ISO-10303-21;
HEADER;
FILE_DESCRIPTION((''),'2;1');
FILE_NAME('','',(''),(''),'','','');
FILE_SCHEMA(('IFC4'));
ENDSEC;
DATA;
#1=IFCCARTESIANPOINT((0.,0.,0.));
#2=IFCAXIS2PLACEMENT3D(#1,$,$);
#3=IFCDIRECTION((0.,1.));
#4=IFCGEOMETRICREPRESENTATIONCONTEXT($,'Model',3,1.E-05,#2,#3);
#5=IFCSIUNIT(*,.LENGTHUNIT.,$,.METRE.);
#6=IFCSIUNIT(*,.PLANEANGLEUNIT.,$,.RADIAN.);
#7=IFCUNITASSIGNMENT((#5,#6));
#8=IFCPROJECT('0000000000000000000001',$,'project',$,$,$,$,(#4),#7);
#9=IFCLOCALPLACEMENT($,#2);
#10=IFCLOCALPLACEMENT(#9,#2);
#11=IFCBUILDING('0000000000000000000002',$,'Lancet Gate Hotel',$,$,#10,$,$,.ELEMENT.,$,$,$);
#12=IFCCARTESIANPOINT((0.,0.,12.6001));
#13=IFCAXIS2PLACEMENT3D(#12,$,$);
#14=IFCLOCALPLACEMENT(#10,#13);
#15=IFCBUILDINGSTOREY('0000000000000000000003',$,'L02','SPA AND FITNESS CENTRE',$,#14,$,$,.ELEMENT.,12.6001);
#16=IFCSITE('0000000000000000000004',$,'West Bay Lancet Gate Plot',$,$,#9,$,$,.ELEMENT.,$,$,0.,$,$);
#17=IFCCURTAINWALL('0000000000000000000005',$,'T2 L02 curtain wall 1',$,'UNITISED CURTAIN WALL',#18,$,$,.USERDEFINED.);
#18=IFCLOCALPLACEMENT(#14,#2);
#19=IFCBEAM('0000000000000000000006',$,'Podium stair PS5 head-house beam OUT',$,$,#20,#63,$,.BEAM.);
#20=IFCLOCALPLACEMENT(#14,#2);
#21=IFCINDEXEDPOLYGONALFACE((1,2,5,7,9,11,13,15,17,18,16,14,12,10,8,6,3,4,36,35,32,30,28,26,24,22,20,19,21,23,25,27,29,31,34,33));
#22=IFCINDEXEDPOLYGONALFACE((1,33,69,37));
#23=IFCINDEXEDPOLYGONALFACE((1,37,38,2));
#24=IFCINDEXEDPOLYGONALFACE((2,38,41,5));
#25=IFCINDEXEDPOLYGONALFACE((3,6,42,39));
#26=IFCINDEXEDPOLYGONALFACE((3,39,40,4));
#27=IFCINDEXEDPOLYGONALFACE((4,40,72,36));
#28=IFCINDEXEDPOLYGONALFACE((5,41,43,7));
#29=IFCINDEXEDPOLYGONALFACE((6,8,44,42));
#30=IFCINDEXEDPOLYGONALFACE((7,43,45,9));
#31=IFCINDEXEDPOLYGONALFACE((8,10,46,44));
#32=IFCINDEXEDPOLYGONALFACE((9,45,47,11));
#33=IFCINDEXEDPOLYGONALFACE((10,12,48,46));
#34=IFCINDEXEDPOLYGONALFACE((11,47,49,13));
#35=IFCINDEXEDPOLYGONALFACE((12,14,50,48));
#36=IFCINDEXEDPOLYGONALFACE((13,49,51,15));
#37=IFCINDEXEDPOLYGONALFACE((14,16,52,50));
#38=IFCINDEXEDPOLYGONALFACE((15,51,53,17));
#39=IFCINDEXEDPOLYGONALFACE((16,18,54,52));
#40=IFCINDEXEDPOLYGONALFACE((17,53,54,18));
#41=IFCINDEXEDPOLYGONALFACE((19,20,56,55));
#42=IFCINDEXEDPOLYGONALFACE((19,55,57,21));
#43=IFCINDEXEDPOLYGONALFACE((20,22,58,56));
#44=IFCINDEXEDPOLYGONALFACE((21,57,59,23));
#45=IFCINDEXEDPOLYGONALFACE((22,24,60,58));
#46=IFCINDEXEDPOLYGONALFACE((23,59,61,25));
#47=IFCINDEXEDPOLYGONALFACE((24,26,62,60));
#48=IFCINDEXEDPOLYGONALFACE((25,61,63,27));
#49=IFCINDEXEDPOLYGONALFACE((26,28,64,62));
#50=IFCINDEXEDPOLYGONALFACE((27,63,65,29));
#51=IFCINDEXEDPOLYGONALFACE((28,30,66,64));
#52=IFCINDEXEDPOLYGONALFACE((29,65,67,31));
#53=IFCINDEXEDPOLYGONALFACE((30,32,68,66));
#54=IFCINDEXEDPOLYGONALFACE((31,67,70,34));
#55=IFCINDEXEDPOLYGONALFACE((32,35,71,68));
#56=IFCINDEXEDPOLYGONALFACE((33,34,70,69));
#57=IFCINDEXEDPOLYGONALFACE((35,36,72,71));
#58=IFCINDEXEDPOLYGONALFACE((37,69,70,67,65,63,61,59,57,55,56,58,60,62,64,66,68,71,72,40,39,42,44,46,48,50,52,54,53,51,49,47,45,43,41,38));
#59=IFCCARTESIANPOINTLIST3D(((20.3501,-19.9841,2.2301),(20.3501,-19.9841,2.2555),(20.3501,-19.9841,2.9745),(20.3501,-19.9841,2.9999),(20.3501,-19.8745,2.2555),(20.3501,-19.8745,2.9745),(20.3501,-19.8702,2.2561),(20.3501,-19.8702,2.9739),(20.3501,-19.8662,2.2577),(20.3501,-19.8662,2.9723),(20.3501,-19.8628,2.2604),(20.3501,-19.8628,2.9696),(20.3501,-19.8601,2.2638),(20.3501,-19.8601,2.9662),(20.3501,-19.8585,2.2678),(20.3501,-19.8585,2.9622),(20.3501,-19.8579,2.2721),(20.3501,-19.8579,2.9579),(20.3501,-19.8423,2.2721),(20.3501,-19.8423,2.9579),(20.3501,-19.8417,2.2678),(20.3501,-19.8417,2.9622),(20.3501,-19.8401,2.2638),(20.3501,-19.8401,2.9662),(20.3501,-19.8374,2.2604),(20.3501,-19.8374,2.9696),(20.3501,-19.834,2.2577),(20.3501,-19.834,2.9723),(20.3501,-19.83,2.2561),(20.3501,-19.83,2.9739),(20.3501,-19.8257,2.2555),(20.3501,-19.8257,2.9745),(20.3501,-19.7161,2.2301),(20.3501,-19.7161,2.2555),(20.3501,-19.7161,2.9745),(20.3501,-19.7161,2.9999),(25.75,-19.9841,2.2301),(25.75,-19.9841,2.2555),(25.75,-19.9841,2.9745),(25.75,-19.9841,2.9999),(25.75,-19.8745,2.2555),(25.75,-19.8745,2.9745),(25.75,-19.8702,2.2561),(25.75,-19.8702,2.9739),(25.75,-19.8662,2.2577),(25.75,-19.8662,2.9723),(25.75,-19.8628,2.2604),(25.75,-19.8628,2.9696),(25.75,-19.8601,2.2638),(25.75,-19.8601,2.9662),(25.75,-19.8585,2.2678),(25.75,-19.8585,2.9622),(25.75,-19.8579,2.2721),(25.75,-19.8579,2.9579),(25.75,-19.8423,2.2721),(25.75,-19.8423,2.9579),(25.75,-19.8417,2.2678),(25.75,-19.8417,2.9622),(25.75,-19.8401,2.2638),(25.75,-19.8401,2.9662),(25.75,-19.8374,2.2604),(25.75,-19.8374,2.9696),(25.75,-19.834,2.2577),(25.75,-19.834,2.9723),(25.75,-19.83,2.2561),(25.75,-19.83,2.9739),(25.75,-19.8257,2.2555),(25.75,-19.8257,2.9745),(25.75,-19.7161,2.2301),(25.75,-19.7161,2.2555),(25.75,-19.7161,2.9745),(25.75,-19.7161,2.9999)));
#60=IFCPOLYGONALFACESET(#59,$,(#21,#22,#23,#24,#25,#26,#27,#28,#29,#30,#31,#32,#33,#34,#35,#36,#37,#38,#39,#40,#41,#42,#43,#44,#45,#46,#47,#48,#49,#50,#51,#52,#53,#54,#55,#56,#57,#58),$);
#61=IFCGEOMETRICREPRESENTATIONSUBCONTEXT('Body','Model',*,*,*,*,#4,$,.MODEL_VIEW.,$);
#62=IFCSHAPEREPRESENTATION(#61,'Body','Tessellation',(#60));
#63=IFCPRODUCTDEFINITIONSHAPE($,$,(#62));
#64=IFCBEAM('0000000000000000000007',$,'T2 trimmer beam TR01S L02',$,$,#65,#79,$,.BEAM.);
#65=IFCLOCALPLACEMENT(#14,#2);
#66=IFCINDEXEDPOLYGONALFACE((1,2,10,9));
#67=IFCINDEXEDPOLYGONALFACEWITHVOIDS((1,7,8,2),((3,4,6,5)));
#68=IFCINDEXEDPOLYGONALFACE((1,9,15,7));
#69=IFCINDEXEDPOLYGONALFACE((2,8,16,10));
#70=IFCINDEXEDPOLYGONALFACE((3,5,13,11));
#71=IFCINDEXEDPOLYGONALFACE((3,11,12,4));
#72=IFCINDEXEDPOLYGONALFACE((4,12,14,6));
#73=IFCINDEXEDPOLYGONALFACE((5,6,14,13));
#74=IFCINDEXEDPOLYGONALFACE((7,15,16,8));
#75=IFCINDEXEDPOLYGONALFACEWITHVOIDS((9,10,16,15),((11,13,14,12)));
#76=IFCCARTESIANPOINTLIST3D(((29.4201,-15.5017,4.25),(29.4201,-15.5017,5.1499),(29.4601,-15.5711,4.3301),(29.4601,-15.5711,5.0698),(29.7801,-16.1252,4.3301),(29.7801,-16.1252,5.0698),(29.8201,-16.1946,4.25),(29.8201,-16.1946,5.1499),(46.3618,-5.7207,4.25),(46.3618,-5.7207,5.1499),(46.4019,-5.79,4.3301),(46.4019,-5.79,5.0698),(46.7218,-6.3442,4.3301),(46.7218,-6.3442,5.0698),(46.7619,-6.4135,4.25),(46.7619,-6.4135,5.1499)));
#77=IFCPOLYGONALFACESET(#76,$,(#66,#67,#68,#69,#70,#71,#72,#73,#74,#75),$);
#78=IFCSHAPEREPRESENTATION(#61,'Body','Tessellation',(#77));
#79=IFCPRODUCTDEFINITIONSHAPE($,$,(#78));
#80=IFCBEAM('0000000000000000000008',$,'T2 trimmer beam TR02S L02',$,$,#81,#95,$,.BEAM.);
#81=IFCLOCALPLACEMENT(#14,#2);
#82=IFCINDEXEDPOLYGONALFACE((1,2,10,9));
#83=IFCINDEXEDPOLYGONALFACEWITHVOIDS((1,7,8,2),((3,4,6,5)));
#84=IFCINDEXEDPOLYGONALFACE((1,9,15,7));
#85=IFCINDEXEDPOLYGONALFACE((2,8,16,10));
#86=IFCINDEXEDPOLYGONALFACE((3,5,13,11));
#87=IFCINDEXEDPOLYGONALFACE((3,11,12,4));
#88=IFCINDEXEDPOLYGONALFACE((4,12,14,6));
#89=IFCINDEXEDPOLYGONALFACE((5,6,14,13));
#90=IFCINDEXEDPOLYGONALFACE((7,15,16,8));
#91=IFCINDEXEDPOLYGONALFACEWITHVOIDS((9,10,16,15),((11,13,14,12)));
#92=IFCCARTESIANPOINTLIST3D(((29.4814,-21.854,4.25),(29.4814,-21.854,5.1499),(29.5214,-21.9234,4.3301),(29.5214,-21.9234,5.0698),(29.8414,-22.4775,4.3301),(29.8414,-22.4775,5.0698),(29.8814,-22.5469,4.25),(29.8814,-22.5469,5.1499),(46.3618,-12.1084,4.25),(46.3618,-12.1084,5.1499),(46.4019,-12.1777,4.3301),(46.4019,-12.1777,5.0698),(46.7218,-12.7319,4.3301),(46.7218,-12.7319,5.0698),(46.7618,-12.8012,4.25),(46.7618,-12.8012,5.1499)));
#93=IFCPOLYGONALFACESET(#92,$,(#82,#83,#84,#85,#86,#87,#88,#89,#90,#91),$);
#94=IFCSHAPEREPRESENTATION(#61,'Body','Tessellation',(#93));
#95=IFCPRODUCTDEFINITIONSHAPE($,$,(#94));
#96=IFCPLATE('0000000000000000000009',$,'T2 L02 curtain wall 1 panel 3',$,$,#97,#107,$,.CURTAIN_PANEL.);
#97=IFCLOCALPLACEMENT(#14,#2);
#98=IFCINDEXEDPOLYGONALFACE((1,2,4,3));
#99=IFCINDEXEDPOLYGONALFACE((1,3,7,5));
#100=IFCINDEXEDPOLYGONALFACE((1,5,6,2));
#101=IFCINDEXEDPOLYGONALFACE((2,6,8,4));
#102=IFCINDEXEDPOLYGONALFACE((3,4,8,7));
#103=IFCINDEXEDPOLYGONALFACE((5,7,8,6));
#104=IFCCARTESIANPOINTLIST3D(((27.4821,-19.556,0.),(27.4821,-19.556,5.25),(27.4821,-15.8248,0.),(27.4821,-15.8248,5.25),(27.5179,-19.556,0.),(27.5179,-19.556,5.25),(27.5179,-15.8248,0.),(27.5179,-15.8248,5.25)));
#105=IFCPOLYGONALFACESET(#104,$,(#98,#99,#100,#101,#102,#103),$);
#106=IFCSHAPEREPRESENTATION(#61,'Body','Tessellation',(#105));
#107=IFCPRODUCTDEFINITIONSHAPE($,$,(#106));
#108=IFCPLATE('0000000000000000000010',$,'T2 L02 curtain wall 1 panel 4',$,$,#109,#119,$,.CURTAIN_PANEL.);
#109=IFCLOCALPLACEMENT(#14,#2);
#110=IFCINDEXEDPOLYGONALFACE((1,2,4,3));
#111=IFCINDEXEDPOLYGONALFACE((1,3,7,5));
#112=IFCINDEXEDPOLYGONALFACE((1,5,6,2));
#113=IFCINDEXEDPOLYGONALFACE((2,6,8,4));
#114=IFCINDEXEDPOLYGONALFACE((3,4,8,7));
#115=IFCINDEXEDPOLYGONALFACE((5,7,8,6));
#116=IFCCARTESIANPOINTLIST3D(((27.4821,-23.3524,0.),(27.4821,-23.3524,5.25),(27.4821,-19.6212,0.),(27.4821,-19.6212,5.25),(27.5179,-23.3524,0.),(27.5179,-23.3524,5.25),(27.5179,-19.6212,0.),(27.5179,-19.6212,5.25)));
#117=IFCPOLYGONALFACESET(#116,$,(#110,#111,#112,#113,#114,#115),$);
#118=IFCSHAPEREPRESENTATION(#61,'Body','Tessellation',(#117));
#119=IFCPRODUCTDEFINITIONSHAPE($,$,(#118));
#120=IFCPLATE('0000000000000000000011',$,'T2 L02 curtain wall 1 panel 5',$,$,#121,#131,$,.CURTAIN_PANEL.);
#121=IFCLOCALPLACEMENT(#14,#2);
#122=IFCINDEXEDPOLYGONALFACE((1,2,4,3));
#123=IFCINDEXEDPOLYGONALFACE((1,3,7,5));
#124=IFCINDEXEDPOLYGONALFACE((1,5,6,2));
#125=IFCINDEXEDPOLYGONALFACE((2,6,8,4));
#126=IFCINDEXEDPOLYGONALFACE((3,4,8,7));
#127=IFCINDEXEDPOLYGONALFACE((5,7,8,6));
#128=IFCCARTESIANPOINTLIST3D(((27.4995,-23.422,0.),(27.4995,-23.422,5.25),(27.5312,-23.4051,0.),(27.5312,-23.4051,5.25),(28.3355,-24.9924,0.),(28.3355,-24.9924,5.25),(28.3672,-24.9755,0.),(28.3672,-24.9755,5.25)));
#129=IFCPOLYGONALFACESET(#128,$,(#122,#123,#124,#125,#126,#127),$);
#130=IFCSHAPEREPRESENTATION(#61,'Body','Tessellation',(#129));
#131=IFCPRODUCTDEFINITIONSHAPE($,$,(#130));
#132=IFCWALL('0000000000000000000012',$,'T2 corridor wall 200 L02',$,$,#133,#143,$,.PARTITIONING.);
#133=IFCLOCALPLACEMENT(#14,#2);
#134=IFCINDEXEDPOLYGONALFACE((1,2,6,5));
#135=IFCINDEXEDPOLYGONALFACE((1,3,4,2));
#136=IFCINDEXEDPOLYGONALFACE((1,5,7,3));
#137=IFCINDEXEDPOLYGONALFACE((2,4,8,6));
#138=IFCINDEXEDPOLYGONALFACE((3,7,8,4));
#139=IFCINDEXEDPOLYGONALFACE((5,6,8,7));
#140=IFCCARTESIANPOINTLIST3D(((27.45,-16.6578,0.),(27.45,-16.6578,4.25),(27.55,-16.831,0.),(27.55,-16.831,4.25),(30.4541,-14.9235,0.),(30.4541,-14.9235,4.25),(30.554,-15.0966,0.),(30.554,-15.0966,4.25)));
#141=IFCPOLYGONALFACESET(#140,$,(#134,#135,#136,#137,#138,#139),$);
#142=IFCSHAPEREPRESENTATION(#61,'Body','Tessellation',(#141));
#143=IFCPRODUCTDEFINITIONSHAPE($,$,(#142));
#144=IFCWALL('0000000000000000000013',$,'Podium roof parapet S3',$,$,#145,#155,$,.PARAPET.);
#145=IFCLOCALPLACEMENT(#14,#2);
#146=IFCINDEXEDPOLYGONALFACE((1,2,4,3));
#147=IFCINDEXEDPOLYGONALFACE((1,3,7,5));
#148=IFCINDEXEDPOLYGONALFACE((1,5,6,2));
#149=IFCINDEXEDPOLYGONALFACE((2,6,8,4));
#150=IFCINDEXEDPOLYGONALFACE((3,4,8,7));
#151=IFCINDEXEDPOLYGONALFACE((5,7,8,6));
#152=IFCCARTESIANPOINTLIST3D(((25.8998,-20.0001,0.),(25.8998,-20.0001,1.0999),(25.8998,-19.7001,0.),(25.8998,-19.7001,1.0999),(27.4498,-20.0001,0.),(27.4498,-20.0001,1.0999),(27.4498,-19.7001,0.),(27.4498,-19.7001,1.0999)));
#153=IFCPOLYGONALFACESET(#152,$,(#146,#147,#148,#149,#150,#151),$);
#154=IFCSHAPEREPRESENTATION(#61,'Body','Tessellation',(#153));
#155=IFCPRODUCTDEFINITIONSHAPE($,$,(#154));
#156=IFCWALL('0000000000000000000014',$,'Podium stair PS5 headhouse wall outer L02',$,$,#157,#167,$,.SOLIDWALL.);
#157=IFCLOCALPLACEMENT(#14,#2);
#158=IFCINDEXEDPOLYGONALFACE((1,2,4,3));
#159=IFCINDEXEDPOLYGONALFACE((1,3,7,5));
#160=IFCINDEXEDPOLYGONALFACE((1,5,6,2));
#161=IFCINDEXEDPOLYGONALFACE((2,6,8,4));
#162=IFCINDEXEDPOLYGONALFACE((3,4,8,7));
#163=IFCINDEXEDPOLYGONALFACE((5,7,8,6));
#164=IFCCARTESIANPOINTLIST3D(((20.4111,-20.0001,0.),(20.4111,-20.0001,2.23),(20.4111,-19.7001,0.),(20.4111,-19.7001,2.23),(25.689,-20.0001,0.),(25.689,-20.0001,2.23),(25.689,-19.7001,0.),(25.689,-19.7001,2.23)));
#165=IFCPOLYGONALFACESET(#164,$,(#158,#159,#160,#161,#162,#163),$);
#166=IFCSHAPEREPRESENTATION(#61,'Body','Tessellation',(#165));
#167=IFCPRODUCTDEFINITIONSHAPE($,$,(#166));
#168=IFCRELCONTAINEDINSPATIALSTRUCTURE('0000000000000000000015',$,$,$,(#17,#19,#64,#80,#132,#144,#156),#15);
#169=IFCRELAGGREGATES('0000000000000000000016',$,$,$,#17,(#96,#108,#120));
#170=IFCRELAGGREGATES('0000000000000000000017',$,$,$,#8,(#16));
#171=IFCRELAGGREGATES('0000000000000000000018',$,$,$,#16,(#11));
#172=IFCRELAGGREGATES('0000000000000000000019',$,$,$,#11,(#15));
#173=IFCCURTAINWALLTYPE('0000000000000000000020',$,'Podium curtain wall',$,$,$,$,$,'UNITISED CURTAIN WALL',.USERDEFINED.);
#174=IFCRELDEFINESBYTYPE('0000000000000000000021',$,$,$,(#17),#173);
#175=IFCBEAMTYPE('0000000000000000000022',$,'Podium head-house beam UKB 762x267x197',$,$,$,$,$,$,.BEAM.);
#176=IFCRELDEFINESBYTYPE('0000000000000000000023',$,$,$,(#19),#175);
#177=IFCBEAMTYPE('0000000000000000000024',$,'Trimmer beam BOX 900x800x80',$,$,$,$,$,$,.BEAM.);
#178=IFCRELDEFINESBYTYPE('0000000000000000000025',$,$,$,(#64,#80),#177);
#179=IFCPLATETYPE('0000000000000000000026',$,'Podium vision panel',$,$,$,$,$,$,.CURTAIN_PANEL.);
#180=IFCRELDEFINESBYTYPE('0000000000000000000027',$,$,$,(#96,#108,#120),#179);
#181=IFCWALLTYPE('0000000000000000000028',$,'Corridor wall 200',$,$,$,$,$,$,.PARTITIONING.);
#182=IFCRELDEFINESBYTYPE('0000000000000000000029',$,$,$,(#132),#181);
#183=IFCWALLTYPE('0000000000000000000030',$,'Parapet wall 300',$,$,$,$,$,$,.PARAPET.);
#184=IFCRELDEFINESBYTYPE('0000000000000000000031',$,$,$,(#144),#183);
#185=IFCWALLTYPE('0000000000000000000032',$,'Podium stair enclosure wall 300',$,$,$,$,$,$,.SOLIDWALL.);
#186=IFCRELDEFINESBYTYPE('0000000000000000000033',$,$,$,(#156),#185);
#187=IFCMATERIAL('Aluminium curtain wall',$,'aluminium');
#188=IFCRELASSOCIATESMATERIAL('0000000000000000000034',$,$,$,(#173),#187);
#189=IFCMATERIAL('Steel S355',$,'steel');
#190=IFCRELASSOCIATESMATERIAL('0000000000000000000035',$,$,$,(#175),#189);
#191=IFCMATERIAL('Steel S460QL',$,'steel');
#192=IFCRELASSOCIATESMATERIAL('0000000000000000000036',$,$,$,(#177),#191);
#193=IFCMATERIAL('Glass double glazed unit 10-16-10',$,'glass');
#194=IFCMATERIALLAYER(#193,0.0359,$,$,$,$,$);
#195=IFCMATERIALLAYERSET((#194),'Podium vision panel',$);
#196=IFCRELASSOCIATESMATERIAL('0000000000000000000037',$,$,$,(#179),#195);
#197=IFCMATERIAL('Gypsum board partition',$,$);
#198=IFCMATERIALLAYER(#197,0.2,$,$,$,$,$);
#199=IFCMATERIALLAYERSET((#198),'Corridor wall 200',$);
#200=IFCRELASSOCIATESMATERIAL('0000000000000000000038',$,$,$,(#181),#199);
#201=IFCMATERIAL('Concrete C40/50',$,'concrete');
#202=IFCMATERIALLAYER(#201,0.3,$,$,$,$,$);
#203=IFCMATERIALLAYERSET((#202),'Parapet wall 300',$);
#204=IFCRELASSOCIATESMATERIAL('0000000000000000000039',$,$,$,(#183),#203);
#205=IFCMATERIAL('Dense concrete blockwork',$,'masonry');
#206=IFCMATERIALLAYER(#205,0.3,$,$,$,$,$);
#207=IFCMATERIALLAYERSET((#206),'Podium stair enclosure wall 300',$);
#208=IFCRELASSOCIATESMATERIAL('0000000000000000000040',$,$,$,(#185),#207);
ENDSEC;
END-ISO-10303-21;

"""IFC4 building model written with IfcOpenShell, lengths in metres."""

from ifc_helpers import new_model, si_unit, direction, frame, frame_2d, origin, origin_2d, place, context, subcontext, project, spatial, rectangle, hollow_rectangle, i_section, extrude, material, layer, layer_set, material_profile, profile_set, type_object, element, aggregate, save


model = new_model("IFC4")

# Units and contexts
model_context = context("Model", 3, precision=1e-05, world=origin(), true_north=direction((0.0, 1.0)))
body_context = subcontext(model_context, "Body", "Model", "MODEL_VIEW")
ifc_project = project(units=[si_unit("LENGTHUNIT", "METRE"), si_unit("PLANEANGLEUNIT", "RADIAN")], contexts=[model_context])

# Site, building, storey
site_placement = place(None, origin())
site = spatial("IfcSite", under=ifc_project, at=site_placement, Name="West Bay Lancet Gate Plot", CompositionType="ELEMENT", RefElevation=0.0)
building_placement = place(site_placement, origin())
building = spatial("IfcBuilding", under=site, at=building_placement, Name="Lancet Gate Hotel", CompositionType="ELEMENT")
storey_placement = place(building_placement, frame((0.0, 0.0, 12.6001)))
storey = spatial("IfcBuildingStorey", under=building, at=storey_placement, Name="L02", Description="SPA AND FITNESS CENTRE", CompositionType="ELEMENT", Elevation=12.6001)

# Curtain wall
ifc_material_1 = material(Name="Aluminium curtain wall", Category="aluminium")
curtain_wall_type = type_object("IfcCurtainWallType", Name="Podium curtain wall", ElementType="UNITISED CURTAIN WALL", PredefinedType="USERDEFINED", material=ifc_material_1)
curtain_wall_placement = place(storey_placement, origin())
curtain_wall = element("IfcCurtainWall", 1, at=curtain_wall_placement, inside=storey, type_object=curtain_wall_type, Name="T2 L02 curtain wall 1", ObjectType="UNITISED CURTAIN WALL", PredefinedType="USERDEFINED")

# Beams
ifc_material_2 = material(Name="Steel S355", Category="steel")
ifc_material_profile_1 = material_profile(ifc_material_2, i_section(OverallWidth=0.2681, OverallDepth=0.7698, WebThickness=0.0156, FlangeThickness=0.0254, FilletRadius=0.0166, at=origin_2d()), Name="UKB 762x267x197")
ifc_profile_set_1 = profile_set([ifc_material_profile_1], Name="Steel S355")
beam_type_1 = type_object("IfcBeamType", Name="Podium head-house beam UKB 762x267x197", PredefinedType="BEAM", material=ifc_profile_set_1)
beam_1_placement = place(storey_placement, frame((20.3501, -19.8501, 2.615), z_axis=(1.0, 0.0, 0.0), x_axis=(0.0, 1.0, 0.0)))
element("IfcBeam", 2, at=beam_1_placement, inside=storey, type_object=beam_type_1, Name="Podium stair PS5 head-house beam OUT", PredefinedType="BEAM", context=body_context, shape_type="SweptSolid", body=[
    extrude(i_section(OverallWidth=0.2681, OverallDepth=0.7698, WebThickness=0.0156, FlangeThickness=0.0254, FilletRadius=0.0166, at=origin_2d()), origin(), (0.0, 0.0, 1.0), 5.3999),
])
ifc_material_3 = material(Name="Steel S460QL", Category="steel")
ifc_material_profile_2 = material_profile(ifc_material_3, hollow_rectangle(XDim=0.8, YDim=0.8999, WallThickness=0.0801, at=origin_2d()), Name="BOX 900x800x80")
ifc_profile_set_2 = profile_set([ifc_material_profile_2], Name="Steel S460QL")
beam_type_2 = type_object("IfcBeamType", Name="Trimmer beam BOX 900x800x80", PredefinedType="BEAM", material=ifc_profile_set_2)
beam_2_placement = place(storey_placement, frame((29.6201, -15.8481, 4.7), z_axis=(0.866031, 0.49999, 0.0), x_axis=(-0.49999, 0.866031, 0.0)))
element("IfcBeam", 3, at=beam_2_placement, inside=storey, type_object=beam_type_2, Name="T2 trimmer beam TR01S L02", PredefinedType="BEAM", context=body_context, shape_type="SweptSolid", body=[
    extrude(hollow_rectangle(XDim=0.8, YDim=0.8999, WallThickness=0.0801, at=origin_2d()), origin(), (0.0, 0.0, 1.0), 19.5625),
])
beam_3_placement = place(storey_placement, frame((29.6814, -22.2004, 4.7), z_axis=(0.866032, 0.499989, 0.0), x_axis=(-0.499989, 0.866032, 0.0)))
element("IfcBeam", 4, at=beam_3_placement, inside=storey, type_object=beam_type_2, Name="T2 trimmer beam TR02S L02", PredefinedType="BEAM", context=body_context, shape_type="SweptSolid", body=[
    extrude(hollow_rectangle(XDim=0.8, YDim=0.8999, WallThickness=0.0801, at=origin_2d()), origin(), (0.0, 0.0, 1.0), 19.4917),
])

# Plates
ifc_material_4 = material(Name="Glass double glazed unit 10-16-10", Category="glass")
ifc_layer_1 = layer(ifc_material_4, 0.0359)
ifc_layer_set_1 = layer_set([ifc_layer_1], Name="Podium vision panel")
plate_type = type_object("IfcPlateType", Name="Podium vision panel", PredefinedType="CURTAIN_PANEL", material=ifc_layer_set_1)
plate_1_placement = place(storey_placement, frame((27.5, -17.6904, 0.0), z_axis=(0.0, 0.0, 1.0), x_axis=(0.0, -1.0, 0.0)))
plate_1 = element("IfcPlate", 5, at=plate_1_placement, type_object=plate_type, Name="T2 L02 curtain wall 1 panel 3", PredefinedType="CURTAIN_PANEL", context=body_context, shape_type="SweptSolid", body=[
    extrude(rectangle(XDim=3.7312, YDim=0.0359, at=origin_2d()), origin(), (0.0, 0.0, 1.0), 5.25),
])
plate_2_placement = place(storey_placement, frame((27.5, -21.4868, 0.0), z_axis=(0.0, 0.0, 1.0), x_axis=(0.0, -1.0, 0.0)))
plate_2 = element("IfcPlate", 6, at=plate_2_placement, type_object=plate_type, Name="T2 L02 curtain wall 1 panel 4", PredefinedType="CURTAIN_PANEL", context=body_context, shape_type="SweptSolid", body=[
    extrude(rectangle(XDim=3.7312, YDim=0.0359, at=origin_2d()), origin(), (0.0, 0.0, 1.0), 5.25),
])
plate_3_placement = place(storey_placement, frame((27.9333, -24.1987, 0.0), z_axis=(0.0, 0.0, 1.0), x_axis=(0.469898, -0.882721, 0.0)))
plate_3 = element("IfcPlate", 7, at=plate_3_placement, type_object=plate_type, Name="T2 L02 curtain wall 1 panel 5", PredefinedType="CURTAIN_PANEL", context=body_context, shape_type="SweptSolid", body=[
    extrude(rectangle(XDim=1.7791, YDim=0.0359, at=origin_2d()), origin(), (0.0, 0.0, 1.0), 5.25),
])
aggregate(curtain_wall, [plate_1, plate_2, plate_3])

# Walls
ifc_material_5 = material(Name="Gypsum board partition")
ifc_layer_2 = layer(ifc_material_5, 0.2)
ifc_layer_set_2 = layer_set([ifc_layer_2], Name="Corridor wall 200")
wall_type_1 = type_object("IfcWallType", Name="Corridor wall 200", PredefinedType="PARTITIONING", material=ifc_layer_set_2)
wall_1_placement = place(storey_placement, frame((27.5, -16.7444, 0.0), z_axis=(0.0, 0.0, 1.0), x_axis=(0.866034, 0.499984, 0.0)))
element("IfcWall", 8, at=wall_1_placement, inside=storey, type_object=wall_type_1, Name="T2 corridor wall 200 L02", PredefinedType="PARTITIONING", context=body_context, shape_type="SweptSolid", body=[
    extrude(rectangle(XDim=3.4688, YDim=0.2, at=frame_2d((1.7344, 0.0))), origin(), (0.0, 0.0, 1.0), 4.25),
])
ifc_material_6 = material(Name="Concrete C40/50", Category="concrete")
ifc_layer_3 = layer(ifc_material_6, 0.3)
ifc_layer_set_3 = layer_set([ifc_layer_3], Name="Parapet wall 300")
wall_type_2 = type_object("IfcWallType", Name="Parapet wall 300", PredefinedType="PARAPET", material=ifc_layer_set_3)
wall_2_placement = place(storey_placement, frame((25.8999, -19.8501, 0.0), z_axis=(0.0, 0.0, 1.0), x_axis=(1.0, 0.0, 0.0)))
element("IfcWall", 9, at=wall_2_placement, inside=storey, type_object=wall_type_2, Name="Podium roof parapet S3", PredefinedType="PARAPET", context=body_context, shape_type="SweptSolid", body=[
    extrude(rectangle(XDim=1.55, YDim=0.3, at=frame_2d((0.7749, 0.0))), origin(), (0.0, 0.0, 1.0), 1.0999),
])
ifc_material_7 = material(Name="Dense concrete blockwork", Category="masonry")
ifc_layer_4 = layer(ifc_material_7, 0.3)
ifc_layer_set_4 = layer_set([ifc_layer_4], Name="Podium stair enclosure wall 300")
wall_type_3 = type_object("IfcWallType", Name="Podium stair enclosure wall 300", PredefinedType="SOLIDWALL", material=ifc_layer_set_4)
wall_3_placement = place(storey_placement, frame((20.4111, -19.8501, 0.0), z_axis=(0.0, 0.0, 1.0), x_axis=(1.0, 0.0, 0.0)))
element("IfcWall", 10, at=wall_3_placement, inside=storey, type_object=wall_type_3, Name="Podium stair PS5 headhouse wall outer L02", PredefinedType="SOLIDWALL", context=body_context, shape_type="SweptSolid", body=[
    extrude(rectangle(XDim=5.2778, YDim=0.3, at=frame_2d((2.6389, 0.0))), origin(), (0.0, 0.0, 1.0), 2.23),
])

save(model, "model.ifc")
